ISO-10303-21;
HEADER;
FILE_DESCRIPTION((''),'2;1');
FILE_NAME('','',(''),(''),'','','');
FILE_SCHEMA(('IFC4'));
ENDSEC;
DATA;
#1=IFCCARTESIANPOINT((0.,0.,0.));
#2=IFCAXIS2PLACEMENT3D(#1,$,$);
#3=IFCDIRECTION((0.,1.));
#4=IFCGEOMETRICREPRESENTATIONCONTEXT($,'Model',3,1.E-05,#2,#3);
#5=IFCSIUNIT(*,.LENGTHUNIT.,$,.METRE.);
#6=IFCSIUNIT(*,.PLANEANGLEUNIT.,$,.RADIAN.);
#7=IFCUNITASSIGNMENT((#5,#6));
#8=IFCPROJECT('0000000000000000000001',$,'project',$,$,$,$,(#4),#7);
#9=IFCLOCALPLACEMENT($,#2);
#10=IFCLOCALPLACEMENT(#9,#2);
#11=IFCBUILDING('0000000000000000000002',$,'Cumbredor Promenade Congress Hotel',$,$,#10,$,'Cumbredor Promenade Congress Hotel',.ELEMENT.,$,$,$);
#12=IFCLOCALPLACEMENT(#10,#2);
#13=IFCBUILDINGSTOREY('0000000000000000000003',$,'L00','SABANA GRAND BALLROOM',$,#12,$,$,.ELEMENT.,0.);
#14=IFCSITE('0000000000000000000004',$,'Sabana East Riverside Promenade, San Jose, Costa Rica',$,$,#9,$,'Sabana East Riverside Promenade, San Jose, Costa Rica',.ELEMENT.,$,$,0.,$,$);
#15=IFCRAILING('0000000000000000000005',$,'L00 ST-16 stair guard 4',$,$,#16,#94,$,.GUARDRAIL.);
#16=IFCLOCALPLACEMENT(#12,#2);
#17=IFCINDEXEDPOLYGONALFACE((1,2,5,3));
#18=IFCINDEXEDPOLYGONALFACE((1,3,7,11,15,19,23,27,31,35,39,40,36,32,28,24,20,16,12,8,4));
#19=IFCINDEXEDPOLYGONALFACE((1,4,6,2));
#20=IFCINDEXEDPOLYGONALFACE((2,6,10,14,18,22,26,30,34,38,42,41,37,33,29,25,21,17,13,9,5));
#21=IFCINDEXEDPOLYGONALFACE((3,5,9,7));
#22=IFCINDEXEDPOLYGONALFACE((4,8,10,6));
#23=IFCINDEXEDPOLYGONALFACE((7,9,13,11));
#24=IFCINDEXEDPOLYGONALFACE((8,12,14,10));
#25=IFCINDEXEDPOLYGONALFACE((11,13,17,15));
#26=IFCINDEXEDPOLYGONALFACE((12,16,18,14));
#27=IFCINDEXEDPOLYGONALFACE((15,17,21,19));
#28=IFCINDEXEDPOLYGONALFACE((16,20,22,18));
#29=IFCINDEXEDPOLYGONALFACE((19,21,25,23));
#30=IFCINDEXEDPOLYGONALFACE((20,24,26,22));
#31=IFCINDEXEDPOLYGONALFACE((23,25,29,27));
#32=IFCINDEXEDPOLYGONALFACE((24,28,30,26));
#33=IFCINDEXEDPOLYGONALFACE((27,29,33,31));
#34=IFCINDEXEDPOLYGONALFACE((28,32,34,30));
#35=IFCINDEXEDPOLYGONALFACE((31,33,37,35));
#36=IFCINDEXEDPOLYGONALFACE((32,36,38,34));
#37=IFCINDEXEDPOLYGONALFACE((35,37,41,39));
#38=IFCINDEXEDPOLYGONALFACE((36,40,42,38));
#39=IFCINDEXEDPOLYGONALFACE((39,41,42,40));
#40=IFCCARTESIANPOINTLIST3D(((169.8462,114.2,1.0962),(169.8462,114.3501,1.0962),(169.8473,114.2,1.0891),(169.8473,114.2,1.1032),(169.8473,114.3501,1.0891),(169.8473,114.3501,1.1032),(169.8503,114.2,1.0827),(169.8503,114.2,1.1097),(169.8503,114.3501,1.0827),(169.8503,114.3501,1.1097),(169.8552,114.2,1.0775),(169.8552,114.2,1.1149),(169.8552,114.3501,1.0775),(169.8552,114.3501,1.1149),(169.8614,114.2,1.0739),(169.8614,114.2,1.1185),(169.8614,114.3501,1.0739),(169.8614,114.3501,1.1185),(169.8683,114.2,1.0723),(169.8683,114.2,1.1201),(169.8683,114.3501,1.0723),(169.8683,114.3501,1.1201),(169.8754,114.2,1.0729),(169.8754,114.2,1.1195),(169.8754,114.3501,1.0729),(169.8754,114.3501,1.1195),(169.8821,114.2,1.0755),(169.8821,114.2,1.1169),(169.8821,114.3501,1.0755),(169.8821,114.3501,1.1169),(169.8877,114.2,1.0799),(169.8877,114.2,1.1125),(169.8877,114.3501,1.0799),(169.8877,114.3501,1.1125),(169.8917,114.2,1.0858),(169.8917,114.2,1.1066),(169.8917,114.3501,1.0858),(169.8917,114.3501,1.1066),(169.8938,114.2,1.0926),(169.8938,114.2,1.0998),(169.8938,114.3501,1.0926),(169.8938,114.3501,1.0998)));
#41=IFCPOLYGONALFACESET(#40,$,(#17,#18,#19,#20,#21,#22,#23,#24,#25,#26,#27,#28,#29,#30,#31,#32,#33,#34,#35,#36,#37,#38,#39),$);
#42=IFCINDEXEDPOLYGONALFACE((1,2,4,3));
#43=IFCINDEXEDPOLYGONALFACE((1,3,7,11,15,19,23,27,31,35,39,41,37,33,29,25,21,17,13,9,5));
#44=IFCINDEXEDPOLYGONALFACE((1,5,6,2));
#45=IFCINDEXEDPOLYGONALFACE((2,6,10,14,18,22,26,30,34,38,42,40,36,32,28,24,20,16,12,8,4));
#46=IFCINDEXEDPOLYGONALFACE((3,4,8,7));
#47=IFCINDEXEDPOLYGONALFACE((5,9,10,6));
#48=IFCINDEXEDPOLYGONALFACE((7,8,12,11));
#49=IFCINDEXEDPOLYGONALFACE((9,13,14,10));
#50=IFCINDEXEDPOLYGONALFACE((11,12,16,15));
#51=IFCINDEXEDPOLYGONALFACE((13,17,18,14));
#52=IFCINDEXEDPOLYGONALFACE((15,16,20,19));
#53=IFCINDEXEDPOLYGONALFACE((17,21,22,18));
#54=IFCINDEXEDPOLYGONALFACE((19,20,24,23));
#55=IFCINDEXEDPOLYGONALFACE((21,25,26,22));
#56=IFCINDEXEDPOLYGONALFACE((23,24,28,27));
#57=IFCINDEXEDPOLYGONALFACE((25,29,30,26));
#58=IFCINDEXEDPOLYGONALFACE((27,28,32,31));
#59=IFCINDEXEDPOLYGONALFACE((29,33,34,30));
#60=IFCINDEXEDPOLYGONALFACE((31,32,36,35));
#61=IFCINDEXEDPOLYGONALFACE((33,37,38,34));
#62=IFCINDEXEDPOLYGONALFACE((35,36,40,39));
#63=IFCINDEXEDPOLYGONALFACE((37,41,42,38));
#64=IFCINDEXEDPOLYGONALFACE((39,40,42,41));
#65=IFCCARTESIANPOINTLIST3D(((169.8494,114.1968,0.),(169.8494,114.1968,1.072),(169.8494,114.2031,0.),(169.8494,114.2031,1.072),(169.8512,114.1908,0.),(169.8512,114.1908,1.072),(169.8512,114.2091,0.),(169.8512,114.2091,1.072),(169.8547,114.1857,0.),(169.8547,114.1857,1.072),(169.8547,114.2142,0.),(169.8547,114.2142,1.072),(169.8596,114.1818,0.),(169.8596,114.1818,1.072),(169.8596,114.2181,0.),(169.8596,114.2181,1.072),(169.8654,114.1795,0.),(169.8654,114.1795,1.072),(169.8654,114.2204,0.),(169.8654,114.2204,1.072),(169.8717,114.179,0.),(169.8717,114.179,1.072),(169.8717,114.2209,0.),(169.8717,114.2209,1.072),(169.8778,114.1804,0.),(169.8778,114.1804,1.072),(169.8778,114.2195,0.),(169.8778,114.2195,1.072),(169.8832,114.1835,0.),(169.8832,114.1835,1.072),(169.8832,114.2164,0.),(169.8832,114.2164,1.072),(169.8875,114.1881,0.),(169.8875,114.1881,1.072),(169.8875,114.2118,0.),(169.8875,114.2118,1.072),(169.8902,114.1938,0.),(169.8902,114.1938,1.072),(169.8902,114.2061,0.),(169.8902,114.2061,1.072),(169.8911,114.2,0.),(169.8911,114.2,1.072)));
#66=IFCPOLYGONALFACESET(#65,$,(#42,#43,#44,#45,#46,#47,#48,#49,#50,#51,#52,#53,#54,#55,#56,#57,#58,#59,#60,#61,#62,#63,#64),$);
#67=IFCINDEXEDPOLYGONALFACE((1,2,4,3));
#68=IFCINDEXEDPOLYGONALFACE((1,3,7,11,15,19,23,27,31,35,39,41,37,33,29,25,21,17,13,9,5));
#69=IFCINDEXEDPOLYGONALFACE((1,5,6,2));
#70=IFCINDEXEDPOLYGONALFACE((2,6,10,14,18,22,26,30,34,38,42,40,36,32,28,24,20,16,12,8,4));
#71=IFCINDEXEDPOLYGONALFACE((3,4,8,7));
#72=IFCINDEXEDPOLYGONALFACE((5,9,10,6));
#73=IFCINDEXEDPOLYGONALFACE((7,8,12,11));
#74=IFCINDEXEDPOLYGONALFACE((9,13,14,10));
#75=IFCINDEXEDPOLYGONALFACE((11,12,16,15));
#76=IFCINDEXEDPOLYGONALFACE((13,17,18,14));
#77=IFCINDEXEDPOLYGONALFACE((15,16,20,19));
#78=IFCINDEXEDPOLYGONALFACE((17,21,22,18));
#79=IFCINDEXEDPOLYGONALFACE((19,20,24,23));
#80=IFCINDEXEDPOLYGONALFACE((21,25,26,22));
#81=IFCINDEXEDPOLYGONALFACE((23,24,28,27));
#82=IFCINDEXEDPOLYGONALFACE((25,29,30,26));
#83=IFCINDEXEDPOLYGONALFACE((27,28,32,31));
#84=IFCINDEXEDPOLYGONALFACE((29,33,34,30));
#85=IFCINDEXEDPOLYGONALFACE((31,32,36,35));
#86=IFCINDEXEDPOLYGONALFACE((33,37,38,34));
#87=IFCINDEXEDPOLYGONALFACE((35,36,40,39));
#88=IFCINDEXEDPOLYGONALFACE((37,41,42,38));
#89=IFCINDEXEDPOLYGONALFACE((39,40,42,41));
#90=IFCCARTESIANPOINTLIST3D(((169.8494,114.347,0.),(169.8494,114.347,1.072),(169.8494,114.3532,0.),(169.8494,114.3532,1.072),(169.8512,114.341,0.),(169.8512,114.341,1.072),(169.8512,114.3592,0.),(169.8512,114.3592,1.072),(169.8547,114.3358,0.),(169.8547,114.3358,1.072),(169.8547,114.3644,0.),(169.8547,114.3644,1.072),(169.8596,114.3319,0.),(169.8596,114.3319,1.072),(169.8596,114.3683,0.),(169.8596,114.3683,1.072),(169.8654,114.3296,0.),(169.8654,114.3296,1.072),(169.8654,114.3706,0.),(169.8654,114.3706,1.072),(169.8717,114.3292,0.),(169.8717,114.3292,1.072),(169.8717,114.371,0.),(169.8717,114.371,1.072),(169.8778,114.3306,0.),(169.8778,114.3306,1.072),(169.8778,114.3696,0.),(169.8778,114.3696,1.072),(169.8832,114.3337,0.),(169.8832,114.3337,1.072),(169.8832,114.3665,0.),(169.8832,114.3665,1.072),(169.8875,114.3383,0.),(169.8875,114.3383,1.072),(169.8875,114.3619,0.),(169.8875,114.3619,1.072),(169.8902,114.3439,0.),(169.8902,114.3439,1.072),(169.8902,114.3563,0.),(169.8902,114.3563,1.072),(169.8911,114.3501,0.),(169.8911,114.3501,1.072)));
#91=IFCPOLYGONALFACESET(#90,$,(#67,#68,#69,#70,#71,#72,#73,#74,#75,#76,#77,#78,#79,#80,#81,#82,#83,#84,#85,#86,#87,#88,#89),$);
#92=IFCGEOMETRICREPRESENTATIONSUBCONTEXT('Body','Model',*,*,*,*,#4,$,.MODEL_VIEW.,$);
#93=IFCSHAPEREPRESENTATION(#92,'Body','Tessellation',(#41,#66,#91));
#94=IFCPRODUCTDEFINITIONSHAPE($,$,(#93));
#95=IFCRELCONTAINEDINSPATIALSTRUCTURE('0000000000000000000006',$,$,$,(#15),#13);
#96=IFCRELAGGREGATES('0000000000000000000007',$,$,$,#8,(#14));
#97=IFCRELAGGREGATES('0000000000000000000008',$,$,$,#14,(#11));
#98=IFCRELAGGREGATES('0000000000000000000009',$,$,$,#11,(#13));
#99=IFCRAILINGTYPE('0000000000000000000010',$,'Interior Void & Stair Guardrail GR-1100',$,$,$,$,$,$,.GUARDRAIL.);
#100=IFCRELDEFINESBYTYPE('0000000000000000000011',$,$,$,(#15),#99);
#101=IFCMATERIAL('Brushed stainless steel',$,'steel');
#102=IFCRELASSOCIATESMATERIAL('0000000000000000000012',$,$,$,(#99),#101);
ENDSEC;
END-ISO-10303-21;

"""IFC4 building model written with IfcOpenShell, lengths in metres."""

from ifc_helpers import new_model, si_unit, direction, frame, origin, origin_2d, place, context, subcontext, project, spatial, circle, extrude, material, type_object, element, save


model = new_model("IFC4")

# Units and contexts
model_context = context("Model", 3, precision=1e-05, world=origin(), true_north=direction((0.0, 1.0)))
body_context = subcontext(model_context, "Body", "Model", "MODEL_VIEW")
ifc_project = project(units=[si_unit("LENGTHUNIT", "METRE"), si_unit("PLANEANGLEUNIT", "RADIAN")], contexts=[model_context])

# Site, building, storey
site_placement = place(None, origin())
site = spatial("IfcSite", under=ifc_project, at=site_placement, Name="Sabana East Riverside Promenade, San Jose, Costa Rica", LongName="Sabana East Riverside Promenade, San Jose, Costa Rica", CompositionType="ELEMENT", RefElevation=0.0)
building_placement = place(site_placement, origin())
building = spatial("IfcBuilding", under=site, at=building_placement, Name="Cumbredor Promenade Congress Hotel", LongName="Cumbredor Promenade Congress Hotel", CompositionType="ELEMENT")
storey_placement = place(building_placement, origin())
storey = spatial("IfcBuildingStorey", under=building, at=storey_placement, Name="L00", Description="SABANA GRAND BALLROOM", CompositionType="ELEMENT", Elevation=0.0)

# Railing
ifc_material_1 = material(Name="Brushed stainless steel", Category="steel")
railing_type_1 = type_object("IfcRailingType", Name="Interior Void & Stair Guardrail GR-1100", PredefinedType="GUARDRAIL", material=ifc_material_1)
railing_1_placement = place(storey_placement, frame((169.8701, 114.2, 0.0)))
element("IfcRailing", 1, at=railing_1_placement, inside=storey, type_object=railing_type_1, Name="L00 ST-16 stair guard 4", PredefinedType="GUARDRAIL", context=body_context, shape_type="SweptSolid", body=[
    extrude(circle(Radius=0.0239, at=origin_2d()), frame((0.0, 0.0, 1.0962), z_axis=(0.0, 1.0, 0.0), x_axis=(-1.0, 0.0, 0.0)), (0.0, 0.0, 1.0), 0.1501),
    extrude(circle(Radius=0.021, at=origin_2d()), origin(), (0.0, 0.0, 1.0), 1.072),
    extrude(circle(Radius=0.021, at=origin_2d()), frame((0.0, 0.1501, 0.0)), (0.0, 0.0, 1.0), 1.072),
])

save(model, "model.ifc")
